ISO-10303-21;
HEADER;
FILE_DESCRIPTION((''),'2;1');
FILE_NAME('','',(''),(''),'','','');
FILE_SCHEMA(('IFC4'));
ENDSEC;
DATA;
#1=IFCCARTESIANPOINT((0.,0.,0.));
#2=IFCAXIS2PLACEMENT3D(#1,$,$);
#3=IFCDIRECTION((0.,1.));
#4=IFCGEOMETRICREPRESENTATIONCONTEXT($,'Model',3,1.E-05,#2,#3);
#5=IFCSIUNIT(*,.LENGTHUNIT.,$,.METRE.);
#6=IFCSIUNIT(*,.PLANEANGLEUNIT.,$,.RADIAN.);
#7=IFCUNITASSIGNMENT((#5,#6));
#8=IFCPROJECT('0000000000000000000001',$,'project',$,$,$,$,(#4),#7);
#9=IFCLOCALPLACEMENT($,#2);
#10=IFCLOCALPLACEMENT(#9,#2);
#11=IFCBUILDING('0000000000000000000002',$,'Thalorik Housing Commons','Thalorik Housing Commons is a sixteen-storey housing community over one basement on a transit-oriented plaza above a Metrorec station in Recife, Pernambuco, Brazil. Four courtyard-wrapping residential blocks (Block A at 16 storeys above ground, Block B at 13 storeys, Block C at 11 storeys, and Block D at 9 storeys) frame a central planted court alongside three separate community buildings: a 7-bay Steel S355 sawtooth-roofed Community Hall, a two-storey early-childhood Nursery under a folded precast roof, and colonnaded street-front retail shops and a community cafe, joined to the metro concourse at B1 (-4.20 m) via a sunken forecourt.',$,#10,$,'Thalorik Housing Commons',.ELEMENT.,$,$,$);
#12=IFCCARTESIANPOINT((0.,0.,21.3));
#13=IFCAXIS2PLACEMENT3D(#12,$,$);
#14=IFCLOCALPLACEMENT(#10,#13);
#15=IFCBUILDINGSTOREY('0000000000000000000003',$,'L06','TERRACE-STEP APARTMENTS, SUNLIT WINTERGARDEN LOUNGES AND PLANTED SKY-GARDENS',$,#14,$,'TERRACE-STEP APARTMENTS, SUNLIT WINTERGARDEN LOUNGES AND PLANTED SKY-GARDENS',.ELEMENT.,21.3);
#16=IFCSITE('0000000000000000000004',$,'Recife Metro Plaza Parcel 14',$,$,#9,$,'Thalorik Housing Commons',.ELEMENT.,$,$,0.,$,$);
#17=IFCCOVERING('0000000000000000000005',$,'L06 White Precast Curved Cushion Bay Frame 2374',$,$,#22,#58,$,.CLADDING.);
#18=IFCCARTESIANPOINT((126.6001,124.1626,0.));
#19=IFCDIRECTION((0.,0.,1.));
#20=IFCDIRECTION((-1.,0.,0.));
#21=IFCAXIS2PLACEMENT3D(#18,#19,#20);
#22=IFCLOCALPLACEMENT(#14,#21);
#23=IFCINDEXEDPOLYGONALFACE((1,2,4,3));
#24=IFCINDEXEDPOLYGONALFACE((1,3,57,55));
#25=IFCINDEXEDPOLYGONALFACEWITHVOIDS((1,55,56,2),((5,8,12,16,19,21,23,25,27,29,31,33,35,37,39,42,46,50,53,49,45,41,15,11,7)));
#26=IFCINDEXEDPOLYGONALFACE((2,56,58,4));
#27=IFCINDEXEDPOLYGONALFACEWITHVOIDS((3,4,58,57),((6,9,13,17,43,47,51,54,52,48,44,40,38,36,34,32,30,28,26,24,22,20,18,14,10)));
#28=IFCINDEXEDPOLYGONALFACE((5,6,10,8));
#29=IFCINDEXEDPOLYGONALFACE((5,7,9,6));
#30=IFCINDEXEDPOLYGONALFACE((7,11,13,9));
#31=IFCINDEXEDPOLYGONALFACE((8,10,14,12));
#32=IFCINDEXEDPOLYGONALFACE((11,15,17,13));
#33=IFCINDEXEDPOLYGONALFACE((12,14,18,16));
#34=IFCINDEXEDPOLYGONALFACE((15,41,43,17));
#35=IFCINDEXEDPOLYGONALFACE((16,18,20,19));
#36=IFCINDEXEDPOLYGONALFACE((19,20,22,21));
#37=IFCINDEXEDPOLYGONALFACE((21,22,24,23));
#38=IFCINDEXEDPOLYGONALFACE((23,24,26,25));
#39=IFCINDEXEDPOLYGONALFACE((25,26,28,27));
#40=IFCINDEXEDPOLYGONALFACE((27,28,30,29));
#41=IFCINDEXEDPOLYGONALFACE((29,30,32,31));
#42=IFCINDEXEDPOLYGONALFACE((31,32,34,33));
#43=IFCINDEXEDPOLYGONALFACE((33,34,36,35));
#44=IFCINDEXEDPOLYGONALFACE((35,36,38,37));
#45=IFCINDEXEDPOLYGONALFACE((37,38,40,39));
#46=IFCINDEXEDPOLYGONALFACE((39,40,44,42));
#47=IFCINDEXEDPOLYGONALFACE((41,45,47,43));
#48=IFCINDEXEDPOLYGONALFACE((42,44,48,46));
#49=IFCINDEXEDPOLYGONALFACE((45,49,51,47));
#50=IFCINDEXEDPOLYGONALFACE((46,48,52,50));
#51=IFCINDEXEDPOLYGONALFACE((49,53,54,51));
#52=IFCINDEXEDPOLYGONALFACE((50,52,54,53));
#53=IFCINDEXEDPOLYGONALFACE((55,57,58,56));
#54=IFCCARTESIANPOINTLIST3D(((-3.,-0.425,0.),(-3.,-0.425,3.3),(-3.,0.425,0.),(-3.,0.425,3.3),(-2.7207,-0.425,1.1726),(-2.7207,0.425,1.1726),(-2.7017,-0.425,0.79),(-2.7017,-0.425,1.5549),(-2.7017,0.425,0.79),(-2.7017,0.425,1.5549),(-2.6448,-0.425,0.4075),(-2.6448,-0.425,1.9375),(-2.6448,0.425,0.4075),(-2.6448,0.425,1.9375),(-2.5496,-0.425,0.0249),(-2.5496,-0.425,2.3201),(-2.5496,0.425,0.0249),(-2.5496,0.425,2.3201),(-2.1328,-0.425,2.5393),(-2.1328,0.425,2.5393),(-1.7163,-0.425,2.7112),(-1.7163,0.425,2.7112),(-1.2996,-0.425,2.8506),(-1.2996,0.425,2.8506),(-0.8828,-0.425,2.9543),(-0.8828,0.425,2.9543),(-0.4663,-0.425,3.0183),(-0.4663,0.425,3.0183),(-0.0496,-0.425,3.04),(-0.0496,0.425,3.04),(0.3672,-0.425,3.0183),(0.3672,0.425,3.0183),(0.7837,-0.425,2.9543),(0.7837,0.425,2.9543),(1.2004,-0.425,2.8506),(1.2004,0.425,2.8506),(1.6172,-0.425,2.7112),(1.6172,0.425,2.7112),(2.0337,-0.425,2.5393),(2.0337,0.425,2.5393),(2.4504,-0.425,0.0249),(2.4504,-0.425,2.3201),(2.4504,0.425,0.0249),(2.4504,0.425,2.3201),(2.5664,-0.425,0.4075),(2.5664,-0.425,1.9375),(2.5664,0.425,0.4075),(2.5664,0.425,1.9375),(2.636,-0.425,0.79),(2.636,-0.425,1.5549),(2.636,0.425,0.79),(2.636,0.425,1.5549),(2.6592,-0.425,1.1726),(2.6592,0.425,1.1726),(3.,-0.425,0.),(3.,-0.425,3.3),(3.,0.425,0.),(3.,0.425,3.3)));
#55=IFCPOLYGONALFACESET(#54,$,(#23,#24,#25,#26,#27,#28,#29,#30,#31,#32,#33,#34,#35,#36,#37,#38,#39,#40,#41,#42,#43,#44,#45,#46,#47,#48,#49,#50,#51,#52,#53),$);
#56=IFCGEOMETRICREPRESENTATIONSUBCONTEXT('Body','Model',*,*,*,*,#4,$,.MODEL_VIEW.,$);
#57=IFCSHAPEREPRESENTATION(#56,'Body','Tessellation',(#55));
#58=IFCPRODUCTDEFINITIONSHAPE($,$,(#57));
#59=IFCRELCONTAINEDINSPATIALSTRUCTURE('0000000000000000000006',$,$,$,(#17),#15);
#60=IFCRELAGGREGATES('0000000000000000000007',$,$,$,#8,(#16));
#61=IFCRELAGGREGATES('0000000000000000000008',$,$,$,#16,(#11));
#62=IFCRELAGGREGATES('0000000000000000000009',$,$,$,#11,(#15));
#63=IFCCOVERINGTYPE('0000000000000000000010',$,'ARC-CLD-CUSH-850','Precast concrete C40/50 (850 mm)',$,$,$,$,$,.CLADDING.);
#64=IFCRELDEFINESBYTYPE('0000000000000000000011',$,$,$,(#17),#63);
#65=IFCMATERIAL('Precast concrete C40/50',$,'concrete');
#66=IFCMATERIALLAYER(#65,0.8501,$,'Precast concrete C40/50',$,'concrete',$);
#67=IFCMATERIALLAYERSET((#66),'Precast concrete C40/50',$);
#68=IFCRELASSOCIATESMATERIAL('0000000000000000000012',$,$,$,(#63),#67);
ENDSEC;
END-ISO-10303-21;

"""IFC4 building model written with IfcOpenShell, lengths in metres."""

from ifc_helpers import new_model, si_unit, direction, frame, origin, place, context, subcontext, project, spatial, polyline, outline, extrude, material, layer, layer_set, type_object, element, save


model = new_model("IFC4")

# Units and contexts
model_context = context("Model", 3, precision=1e-05, world=origin(), true_north=direction((0.0, 1.0)))
body_context = subcontext(model_context, "Body", "Model", "MODEL_VIEW")
ifc_project = project(units=[si_unit("LENGTHUNIT", "METRE"), si_unit("PLANEANGLEUNIT", "RADIAN")], contexts=[model_context])

# Site, building, storey
site_placement = place(None, origin())
site = spatial("IfcSite", under=ifc_project, at=site_placement, Name="Recife Metro Plaza Parcel 14", LongName="Thalorik Housing Commons", CompositionType="ELEMENT", RefElevation=0.0)
building_placement = place(site_placement, origin())
building = spatial("IfcBuilding", under=site, at=building_placement, Name="Thalorik Housing Commons", Description="Thalorik Housing Commons is a sixteen-storey housing community over one basement on a transit-oriented plaza above a Metrorec station in Recife, Pernambuco, Brazil. Four courtyard-wrapping residential blocks (Block A at 16 storeys above ground, Block B at 13 storeys, Block C at 11 storeys, and Block D at 9 storeys) frame a central planted court alongside three separate community buildings: a 7-bay Steel S355 sawtooth-roofed Community Hall, a two-storey early-childhood Nursery under a folded precast roof, and colonnaded street-front retail shops and a community cafe, joined to the metro concourse at B1 (-4.20 m) via a sunken forecourt.", LongName="Thalorik Housing Commons", CompositionType="ELEMENT")
storey_placement = place(building_placement, frame((0.0, 0.0, 21.3)))
storey = spatial("IfcBuildingStorey", under=building, at=storey_placement, Name="L06", Description="TERRACE-STEP APARTMENTS, SUNLIT WINTERGARDEN LOUNGES AND PLANTED SKY-GARDENS", LongName="TERRACE-STEP APARTMENTS, SUNLIT WINTERGARDEN LOUNGES AND PLANTED SKY-GARDENS", CompositionType="ELEMENT", Elevation=21.3)

# Shared definitions
ifc_material_1 = material(Name="Precast concrete C40/50", Category="concrete")

# Covering
ifc_layer_1 = layer(ifc_material_1, 0.8501, Name="Precast concrete C40/50", Category="concrete")
ifc_layer_set_1 = layer_set([ifc_layer_1], Name="Precast concrete C40/50")
covering_type_1 = type_object("IfcCoveringType", Name="ARC-CLD-CUSH-850", Description="Precast concrete C40/50 (850 mm)", PredefinedType="CLADDING", material=ifc_layer_set_1)
covering_1_placement = place(storey_placement, frame((126.6001, 124.1626, 0.0), z_axis=(0.0, 0.0, 1.0), x_axis=(-1.0, 0.0, 0.0)))
element("IfcCovering", 1, at=covering_1_placement, inside=storey, type_object=covering_type_1, Name="L06 White Precast Curved Cushion Bay Frame 2374", PredefinedType="CLADDING", context=body_context, shape_type="SweptSolid", body=[
    extrude(outline(polyline([(-3.0, 0.0), (3.0, 0.0), (3.0, 3.3), (-3.0, 3.3), (-3.0, 0.0)]), holes=[polyline([(2.4504, 0.0249), (2.5664, 0.4075), (2.636, 0.79), (2.6592, 1.1726), (2.636, 1.5549), (2.5664, 1.9375), (2.4504, 2.3201), (2.0337, 2.5393), (1.6172, 2.7112), (1.2004, 2.8506), (0.7837, 2.9543), (0.3672, 3.0183), (-0.0496, 3.04), (-0.4663, 3.0183), (-0.8828, 2.9543), (-1.2996, 2.8506), (-1.7163, 2.7112), (-2.1328, 2.5393), (-2.5496, 2.3201), (-2.6448, 1.9375), (-2.7017, 1.5549), (-2.7207, 1.1726), (-2.7017, 0.79), (-2.6448, 0.4075), (-2.5496, 0.0249), (2.4504, 0.0249)])]), frame((0.0, 0.425, 0.0), z_axis=(0.0, -1.0, 0.0), x_axis=(1.0, 0.0, 0.0)), (0.0, 0.0, 1.0), 0.8501),
])

save(model, "model.ifc")
